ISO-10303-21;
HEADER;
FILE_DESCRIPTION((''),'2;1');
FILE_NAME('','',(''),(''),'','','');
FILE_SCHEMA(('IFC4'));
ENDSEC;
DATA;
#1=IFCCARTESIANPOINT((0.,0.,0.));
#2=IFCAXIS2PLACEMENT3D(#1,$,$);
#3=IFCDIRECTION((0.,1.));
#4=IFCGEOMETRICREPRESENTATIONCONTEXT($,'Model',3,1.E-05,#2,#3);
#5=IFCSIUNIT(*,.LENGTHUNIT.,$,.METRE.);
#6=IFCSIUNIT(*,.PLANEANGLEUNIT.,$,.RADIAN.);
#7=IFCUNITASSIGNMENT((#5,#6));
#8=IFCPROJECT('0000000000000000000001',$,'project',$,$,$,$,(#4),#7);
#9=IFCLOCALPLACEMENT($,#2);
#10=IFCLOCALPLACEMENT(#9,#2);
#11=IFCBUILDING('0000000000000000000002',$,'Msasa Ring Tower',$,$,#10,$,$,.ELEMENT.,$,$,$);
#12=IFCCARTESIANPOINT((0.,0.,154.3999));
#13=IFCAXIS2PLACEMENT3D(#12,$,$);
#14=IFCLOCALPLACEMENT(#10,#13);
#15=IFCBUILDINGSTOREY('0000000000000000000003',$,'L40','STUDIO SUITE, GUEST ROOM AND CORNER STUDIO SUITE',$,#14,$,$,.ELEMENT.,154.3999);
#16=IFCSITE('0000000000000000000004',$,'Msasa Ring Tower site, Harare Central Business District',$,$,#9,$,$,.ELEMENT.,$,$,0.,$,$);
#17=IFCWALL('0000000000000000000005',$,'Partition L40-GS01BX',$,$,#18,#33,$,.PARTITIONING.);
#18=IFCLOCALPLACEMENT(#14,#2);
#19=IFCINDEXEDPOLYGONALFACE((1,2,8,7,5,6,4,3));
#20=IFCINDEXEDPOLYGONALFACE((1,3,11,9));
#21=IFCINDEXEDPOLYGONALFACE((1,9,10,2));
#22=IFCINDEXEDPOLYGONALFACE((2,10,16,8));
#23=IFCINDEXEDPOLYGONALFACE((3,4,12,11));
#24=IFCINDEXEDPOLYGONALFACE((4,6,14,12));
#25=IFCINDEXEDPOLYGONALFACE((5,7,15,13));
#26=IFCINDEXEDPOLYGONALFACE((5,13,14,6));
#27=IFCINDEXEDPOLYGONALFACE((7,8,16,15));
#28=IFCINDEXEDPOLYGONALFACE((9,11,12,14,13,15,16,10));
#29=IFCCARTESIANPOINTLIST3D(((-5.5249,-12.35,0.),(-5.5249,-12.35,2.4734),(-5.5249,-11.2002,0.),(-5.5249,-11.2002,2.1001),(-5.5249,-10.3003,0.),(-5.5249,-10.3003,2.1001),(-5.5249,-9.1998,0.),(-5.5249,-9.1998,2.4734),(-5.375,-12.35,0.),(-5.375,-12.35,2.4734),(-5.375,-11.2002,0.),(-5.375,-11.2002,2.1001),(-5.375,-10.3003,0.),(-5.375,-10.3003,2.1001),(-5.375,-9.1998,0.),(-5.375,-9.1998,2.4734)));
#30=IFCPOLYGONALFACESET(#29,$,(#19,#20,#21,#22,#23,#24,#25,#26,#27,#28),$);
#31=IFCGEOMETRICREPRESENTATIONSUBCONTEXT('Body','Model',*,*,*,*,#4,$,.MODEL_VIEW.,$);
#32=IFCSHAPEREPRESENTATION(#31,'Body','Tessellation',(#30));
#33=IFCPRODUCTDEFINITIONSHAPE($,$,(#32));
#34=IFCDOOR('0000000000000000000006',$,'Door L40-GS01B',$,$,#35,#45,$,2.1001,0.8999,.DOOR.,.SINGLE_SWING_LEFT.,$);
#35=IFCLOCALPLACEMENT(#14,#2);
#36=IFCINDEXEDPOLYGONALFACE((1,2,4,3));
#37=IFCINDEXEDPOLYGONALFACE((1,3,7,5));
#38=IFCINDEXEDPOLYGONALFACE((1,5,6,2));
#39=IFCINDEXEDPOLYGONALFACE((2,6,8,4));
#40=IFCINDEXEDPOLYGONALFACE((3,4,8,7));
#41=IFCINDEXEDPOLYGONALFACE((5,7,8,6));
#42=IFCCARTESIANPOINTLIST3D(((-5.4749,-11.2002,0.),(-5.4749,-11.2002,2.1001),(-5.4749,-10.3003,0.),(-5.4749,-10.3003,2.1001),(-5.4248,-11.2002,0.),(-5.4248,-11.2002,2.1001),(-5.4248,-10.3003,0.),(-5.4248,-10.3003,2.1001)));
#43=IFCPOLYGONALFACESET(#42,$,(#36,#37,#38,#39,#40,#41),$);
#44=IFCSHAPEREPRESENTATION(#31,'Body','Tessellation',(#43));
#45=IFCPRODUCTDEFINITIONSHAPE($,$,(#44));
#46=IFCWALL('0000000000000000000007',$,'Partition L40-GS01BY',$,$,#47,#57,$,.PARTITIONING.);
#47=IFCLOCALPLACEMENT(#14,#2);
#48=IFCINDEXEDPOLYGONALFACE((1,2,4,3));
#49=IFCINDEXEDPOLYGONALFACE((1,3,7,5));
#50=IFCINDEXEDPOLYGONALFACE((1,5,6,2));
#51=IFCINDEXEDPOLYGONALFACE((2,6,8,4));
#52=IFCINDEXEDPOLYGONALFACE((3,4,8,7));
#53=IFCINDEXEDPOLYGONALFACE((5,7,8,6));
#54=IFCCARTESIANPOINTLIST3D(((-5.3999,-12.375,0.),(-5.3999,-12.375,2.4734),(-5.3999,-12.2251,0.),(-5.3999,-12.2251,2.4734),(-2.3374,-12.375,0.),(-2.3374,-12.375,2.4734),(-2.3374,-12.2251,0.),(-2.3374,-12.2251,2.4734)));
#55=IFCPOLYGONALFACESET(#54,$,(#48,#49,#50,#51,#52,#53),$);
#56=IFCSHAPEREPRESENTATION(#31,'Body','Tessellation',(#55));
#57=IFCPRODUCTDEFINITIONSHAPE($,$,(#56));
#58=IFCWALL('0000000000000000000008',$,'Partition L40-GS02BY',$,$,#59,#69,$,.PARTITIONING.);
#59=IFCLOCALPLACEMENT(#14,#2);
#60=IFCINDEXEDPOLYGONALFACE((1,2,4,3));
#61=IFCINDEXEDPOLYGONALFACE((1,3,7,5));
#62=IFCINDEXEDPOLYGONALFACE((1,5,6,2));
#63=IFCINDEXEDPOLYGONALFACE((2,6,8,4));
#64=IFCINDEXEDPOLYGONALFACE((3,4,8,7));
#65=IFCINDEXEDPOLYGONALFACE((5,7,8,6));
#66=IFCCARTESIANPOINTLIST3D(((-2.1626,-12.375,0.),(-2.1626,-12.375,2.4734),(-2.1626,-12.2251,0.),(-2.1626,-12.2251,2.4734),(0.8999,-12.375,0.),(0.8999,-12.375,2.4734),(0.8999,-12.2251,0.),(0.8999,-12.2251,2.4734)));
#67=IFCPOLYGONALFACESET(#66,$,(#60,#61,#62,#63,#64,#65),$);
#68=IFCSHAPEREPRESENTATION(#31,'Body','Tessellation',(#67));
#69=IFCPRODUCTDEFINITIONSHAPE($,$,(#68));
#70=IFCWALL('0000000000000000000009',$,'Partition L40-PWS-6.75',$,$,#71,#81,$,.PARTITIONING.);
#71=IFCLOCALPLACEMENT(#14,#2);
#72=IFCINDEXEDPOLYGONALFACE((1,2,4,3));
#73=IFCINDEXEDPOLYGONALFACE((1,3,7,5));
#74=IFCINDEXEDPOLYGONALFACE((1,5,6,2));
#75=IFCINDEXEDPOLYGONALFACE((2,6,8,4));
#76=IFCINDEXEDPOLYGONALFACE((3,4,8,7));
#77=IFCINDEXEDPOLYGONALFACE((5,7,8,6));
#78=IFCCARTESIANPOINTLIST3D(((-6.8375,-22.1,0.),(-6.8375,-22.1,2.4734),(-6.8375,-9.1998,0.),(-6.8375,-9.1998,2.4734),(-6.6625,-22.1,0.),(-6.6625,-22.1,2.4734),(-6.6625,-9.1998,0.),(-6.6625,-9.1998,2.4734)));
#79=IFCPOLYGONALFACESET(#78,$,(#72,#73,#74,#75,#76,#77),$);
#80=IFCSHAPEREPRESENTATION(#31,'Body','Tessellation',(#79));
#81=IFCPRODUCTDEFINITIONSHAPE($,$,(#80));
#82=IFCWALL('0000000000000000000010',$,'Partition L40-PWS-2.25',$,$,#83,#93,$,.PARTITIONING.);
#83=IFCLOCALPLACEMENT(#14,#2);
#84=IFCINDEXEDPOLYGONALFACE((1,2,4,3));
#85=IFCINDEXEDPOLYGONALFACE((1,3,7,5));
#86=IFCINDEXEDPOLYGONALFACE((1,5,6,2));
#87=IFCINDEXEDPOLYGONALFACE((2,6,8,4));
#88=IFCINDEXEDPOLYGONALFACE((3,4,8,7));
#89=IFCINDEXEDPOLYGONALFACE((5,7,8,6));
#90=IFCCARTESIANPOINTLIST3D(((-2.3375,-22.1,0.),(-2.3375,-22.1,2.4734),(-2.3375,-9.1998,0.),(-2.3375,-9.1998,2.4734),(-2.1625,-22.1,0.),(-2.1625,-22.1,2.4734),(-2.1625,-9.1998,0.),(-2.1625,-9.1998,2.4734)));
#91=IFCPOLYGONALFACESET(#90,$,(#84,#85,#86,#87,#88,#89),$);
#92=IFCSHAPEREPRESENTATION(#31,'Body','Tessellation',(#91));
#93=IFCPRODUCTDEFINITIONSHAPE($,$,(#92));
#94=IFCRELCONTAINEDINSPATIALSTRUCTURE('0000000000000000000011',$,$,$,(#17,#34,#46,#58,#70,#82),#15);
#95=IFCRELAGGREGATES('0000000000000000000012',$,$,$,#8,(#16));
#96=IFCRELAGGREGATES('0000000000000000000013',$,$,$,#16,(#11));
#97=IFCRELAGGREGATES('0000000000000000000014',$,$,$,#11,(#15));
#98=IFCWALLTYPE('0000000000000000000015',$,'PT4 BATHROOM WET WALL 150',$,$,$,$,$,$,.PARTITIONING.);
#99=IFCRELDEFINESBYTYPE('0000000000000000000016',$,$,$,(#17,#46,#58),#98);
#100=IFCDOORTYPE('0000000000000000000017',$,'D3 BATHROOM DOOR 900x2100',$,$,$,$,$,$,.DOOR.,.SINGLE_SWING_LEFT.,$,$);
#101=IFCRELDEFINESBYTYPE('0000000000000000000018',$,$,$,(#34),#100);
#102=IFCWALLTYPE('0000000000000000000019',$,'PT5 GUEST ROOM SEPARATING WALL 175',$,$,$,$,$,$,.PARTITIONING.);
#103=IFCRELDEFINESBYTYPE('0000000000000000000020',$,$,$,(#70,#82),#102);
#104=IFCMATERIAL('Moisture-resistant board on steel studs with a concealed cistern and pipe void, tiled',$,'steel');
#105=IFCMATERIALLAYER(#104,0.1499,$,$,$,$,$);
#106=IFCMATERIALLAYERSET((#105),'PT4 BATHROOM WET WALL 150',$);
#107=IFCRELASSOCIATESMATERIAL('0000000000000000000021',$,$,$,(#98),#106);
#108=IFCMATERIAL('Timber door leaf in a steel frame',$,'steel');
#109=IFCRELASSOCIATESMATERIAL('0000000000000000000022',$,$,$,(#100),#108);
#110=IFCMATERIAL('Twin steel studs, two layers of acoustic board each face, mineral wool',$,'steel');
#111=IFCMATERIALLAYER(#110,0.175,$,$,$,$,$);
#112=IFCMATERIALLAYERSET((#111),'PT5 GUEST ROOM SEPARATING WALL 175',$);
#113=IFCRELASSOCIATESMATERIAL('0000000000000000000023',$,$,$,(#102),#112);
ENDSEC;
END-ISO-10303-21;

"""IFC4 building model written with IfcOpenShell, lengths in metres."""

from ifc_helpers import new_model, si_unit, direction, frame, frame_2d, origin, place, context, subcontext, project, spatial, rectangle, extrude, material, layer, layer_set, type_object, element, fill, save


model = new_model("IFC4")

# Units and contexts
model_context = context("Model", 3, precision=1e-05, world=origin(), true_north=direction((0.0, 1.0)))
body_context = subcontext(model_context, "Body", "Model", "MODEL_VIEW")
ifc_project = project(units=[si_unit("LENGTHUNIT", "METRE"), si_unit("PLANEANGLEUNIT", "RADIAN")], contexts=[model_context])

# Site, building, storey
site_placement = place(None, origin())
site = spatial("IfcSite", under=ifc_project, at=site_placement, Name="Msasa Ring Tower site, Harare Central Business District", CompositionType="ELEMENT", RefElevation=0.0)
building_placement = place(site_placement, origin())
building = spatial("IfcBuilding", under=site, at=building_placement, Name="Msasa Ring Tower", CompositionType="ELEMENT")
storey_placement = place(building_placement, frame((0.0, 0.0, 154.3999)))
storey = spatial("IfcBuildingStorey", under=building, at=storey_placement, Name="L40", Description="STUDIO SUITE, GUEST ROOM AND CORNER STUDIO SUITE", CompositionType="ELEMENT", Elevation=154.3999)

# Shared definitions
ifc_material_1 = material(Name="Moisture-resistant board on steel studs with a concealed cistern and pipe void, tiled", Category="steel")
ifc_layer_1 = layer(ifc_material_1, 0.1499)
ifc_layer_set_1 = layer_set([ifc_layer_1], Name="PT4 BATHROOM WET WALL 150")
wall_type_1 = type_object("IfcWallType", Name="PT4 BATHROOM WET WALL 150", PredefinedType="PARTITIONING", material=ifc_layer_set_1)

# Wall, opening, door
wall_1_placement = place(storey_placement, frame((-5.45, -12.3501, 0.0), z_axis=(0.0, 0.0, 1.0), x_axis=(0.0, 1.0, 0.0)))
wall_1 = element("IfcWall", 1, at=wall_1_placement, inside=storey, type_object=wall_type_1, Name="Partition L40-GS01BX", PredefinedType="PARTITIONING", context=body_context, shape_type="SweptSolid", body=[
    extrude(rectangle(XDim=3.1501, YDim=0.1499, at=frame_2d((1.5752, 0.0))), origin(), (0.0, 0.0, 1.0), 2.4734),
])
opening_1_placement = place(wall_1_placement, frame((1.1499, 0.0, 0.0)))
opening_1 = element("IfcOpeningElement", 2, at=opening_1_placement, cuts=wall_1, PredefinedType="OPENING", context=body_context, shape_type="SweptSolid", body=[
    extrude(rectangle(XDim=0.8999, YDim=2.1001, at=frame_2d((0.45, 1.05))), frame((0.0, 0.085, 0.0), z_axis=(0.0, -1.0, 0.0), x_axis=(1.0, 0.0, 0.0)), (0.0, 0.0, 1.0), 0.1699),
])
ifc_material_2 = material(Name="Timber door leaf in a steel frame", Category="steel")
door_type = type_object("IfcDoorType", Name="D3 BATHROOM DOOR 900x2100", OperationType="SINGLE_SWING_LEFT", PredefinedType="DOOR", material=ifc_material_2)
door_placement = place(opening_1_placement, origin())
door = element("IfcDoor", 3, at=door_placement, inside=storey, type_object=door_type, Name="Door L40-GS01B", OperationType="SINGLE_SWING_LEFT", OverallHeight=2.1001, OverallWidth=0.8999, PredefinedType="DOOR", context=body_context, shape_type="SweptSolid", body=[
    extrude(rectangle(XDim=0.8999, YDim=2.1001, at=frame_2d((0.45, 1.05))), frame((0.0, 0.0249, 0.0), z_axis=(0.0, -1.0, 0.0), x_axis=(1.0, 0.0, 0.0)), (0.0, 0.0, 1.0), 0.05),
])
fill(opening_1, door)

# Walls
for number, where, z_axis, x_axis, name in (
    (4, (-5.3999, -12.3, 0.0), (0.0, 0.0, 1.0), (1.0, 0.0, 0.0), "Partition L40-GS01BY"),
    (5, (-2.1626, -12.3, 0.0), (0.0, 0.0, 1.0), (1.0, 0.0, 0.0), "Partition L40-GS02BY"),
):
    element("IfcWall", number, at=place(storey_placement, frame(where, z_axis=z_axis, x_axis=x_axis)), inside=storey, type_object=wall_type_1, Name=name, PredefinedType="PARTITIONING", context=body_context, shape_type="SweptSolid", body=[
        extrude(rectangle(XDim=3.0625, YDim=0.1499, at=frame_2d((1.5312, 0.0))), origin(), (0.0, 0.0, 1.0), 2.4734),
    ])
ifc_material_3 = material(Name="Twin steel studs, two layers of acoustic board each face, mineral wool", Category="steel")
ifc_layer_2 = layer(ifc_material_3, 0.175)
ifc_layer_set_2 = layer_set([ifc_layer_2], Name="PT5 GUEST ROOM SEPARATING WALL 175")
wall_type_2 = type_object("IfcWallType", Name="PT5 GUEST ROOM SEPARATING WALL 175", PredefinedType="PARTITIONING", material=ifc_layer_set_2)
for number, where, z_axis, x_axis, name in (
    (6, (-6.75, -22.1001, 0.0), (0.0, 0.0, 1.0), (0.0, 1.0, 0.0), "Partition L40-PWS-6.75"),
    (7, (-2.25, -22.1001, 0.0), (0.0, 0.0, 1.0), (0.0, 1.0, 0.0), "Partition L40-PWS-2.25"),
):
    element("IfcWall", number, at=place(storey_placement, frame(where, z_axis=z_axis, x_axis=x_axis)), inside=storey, type_object=wall_type_2, Name=name, PredefinedType="PARTITIONING", context=body_context, shape_type="SweptSolid", body=[
        extrude(rectangle(XDim=12.9001, YDim=0.175, at=frame_2d((6.4502, 0.0))), origin(), (0.0, 0.0, 1.0), 2.4734),
    ])

save(model, "model.ifc")
